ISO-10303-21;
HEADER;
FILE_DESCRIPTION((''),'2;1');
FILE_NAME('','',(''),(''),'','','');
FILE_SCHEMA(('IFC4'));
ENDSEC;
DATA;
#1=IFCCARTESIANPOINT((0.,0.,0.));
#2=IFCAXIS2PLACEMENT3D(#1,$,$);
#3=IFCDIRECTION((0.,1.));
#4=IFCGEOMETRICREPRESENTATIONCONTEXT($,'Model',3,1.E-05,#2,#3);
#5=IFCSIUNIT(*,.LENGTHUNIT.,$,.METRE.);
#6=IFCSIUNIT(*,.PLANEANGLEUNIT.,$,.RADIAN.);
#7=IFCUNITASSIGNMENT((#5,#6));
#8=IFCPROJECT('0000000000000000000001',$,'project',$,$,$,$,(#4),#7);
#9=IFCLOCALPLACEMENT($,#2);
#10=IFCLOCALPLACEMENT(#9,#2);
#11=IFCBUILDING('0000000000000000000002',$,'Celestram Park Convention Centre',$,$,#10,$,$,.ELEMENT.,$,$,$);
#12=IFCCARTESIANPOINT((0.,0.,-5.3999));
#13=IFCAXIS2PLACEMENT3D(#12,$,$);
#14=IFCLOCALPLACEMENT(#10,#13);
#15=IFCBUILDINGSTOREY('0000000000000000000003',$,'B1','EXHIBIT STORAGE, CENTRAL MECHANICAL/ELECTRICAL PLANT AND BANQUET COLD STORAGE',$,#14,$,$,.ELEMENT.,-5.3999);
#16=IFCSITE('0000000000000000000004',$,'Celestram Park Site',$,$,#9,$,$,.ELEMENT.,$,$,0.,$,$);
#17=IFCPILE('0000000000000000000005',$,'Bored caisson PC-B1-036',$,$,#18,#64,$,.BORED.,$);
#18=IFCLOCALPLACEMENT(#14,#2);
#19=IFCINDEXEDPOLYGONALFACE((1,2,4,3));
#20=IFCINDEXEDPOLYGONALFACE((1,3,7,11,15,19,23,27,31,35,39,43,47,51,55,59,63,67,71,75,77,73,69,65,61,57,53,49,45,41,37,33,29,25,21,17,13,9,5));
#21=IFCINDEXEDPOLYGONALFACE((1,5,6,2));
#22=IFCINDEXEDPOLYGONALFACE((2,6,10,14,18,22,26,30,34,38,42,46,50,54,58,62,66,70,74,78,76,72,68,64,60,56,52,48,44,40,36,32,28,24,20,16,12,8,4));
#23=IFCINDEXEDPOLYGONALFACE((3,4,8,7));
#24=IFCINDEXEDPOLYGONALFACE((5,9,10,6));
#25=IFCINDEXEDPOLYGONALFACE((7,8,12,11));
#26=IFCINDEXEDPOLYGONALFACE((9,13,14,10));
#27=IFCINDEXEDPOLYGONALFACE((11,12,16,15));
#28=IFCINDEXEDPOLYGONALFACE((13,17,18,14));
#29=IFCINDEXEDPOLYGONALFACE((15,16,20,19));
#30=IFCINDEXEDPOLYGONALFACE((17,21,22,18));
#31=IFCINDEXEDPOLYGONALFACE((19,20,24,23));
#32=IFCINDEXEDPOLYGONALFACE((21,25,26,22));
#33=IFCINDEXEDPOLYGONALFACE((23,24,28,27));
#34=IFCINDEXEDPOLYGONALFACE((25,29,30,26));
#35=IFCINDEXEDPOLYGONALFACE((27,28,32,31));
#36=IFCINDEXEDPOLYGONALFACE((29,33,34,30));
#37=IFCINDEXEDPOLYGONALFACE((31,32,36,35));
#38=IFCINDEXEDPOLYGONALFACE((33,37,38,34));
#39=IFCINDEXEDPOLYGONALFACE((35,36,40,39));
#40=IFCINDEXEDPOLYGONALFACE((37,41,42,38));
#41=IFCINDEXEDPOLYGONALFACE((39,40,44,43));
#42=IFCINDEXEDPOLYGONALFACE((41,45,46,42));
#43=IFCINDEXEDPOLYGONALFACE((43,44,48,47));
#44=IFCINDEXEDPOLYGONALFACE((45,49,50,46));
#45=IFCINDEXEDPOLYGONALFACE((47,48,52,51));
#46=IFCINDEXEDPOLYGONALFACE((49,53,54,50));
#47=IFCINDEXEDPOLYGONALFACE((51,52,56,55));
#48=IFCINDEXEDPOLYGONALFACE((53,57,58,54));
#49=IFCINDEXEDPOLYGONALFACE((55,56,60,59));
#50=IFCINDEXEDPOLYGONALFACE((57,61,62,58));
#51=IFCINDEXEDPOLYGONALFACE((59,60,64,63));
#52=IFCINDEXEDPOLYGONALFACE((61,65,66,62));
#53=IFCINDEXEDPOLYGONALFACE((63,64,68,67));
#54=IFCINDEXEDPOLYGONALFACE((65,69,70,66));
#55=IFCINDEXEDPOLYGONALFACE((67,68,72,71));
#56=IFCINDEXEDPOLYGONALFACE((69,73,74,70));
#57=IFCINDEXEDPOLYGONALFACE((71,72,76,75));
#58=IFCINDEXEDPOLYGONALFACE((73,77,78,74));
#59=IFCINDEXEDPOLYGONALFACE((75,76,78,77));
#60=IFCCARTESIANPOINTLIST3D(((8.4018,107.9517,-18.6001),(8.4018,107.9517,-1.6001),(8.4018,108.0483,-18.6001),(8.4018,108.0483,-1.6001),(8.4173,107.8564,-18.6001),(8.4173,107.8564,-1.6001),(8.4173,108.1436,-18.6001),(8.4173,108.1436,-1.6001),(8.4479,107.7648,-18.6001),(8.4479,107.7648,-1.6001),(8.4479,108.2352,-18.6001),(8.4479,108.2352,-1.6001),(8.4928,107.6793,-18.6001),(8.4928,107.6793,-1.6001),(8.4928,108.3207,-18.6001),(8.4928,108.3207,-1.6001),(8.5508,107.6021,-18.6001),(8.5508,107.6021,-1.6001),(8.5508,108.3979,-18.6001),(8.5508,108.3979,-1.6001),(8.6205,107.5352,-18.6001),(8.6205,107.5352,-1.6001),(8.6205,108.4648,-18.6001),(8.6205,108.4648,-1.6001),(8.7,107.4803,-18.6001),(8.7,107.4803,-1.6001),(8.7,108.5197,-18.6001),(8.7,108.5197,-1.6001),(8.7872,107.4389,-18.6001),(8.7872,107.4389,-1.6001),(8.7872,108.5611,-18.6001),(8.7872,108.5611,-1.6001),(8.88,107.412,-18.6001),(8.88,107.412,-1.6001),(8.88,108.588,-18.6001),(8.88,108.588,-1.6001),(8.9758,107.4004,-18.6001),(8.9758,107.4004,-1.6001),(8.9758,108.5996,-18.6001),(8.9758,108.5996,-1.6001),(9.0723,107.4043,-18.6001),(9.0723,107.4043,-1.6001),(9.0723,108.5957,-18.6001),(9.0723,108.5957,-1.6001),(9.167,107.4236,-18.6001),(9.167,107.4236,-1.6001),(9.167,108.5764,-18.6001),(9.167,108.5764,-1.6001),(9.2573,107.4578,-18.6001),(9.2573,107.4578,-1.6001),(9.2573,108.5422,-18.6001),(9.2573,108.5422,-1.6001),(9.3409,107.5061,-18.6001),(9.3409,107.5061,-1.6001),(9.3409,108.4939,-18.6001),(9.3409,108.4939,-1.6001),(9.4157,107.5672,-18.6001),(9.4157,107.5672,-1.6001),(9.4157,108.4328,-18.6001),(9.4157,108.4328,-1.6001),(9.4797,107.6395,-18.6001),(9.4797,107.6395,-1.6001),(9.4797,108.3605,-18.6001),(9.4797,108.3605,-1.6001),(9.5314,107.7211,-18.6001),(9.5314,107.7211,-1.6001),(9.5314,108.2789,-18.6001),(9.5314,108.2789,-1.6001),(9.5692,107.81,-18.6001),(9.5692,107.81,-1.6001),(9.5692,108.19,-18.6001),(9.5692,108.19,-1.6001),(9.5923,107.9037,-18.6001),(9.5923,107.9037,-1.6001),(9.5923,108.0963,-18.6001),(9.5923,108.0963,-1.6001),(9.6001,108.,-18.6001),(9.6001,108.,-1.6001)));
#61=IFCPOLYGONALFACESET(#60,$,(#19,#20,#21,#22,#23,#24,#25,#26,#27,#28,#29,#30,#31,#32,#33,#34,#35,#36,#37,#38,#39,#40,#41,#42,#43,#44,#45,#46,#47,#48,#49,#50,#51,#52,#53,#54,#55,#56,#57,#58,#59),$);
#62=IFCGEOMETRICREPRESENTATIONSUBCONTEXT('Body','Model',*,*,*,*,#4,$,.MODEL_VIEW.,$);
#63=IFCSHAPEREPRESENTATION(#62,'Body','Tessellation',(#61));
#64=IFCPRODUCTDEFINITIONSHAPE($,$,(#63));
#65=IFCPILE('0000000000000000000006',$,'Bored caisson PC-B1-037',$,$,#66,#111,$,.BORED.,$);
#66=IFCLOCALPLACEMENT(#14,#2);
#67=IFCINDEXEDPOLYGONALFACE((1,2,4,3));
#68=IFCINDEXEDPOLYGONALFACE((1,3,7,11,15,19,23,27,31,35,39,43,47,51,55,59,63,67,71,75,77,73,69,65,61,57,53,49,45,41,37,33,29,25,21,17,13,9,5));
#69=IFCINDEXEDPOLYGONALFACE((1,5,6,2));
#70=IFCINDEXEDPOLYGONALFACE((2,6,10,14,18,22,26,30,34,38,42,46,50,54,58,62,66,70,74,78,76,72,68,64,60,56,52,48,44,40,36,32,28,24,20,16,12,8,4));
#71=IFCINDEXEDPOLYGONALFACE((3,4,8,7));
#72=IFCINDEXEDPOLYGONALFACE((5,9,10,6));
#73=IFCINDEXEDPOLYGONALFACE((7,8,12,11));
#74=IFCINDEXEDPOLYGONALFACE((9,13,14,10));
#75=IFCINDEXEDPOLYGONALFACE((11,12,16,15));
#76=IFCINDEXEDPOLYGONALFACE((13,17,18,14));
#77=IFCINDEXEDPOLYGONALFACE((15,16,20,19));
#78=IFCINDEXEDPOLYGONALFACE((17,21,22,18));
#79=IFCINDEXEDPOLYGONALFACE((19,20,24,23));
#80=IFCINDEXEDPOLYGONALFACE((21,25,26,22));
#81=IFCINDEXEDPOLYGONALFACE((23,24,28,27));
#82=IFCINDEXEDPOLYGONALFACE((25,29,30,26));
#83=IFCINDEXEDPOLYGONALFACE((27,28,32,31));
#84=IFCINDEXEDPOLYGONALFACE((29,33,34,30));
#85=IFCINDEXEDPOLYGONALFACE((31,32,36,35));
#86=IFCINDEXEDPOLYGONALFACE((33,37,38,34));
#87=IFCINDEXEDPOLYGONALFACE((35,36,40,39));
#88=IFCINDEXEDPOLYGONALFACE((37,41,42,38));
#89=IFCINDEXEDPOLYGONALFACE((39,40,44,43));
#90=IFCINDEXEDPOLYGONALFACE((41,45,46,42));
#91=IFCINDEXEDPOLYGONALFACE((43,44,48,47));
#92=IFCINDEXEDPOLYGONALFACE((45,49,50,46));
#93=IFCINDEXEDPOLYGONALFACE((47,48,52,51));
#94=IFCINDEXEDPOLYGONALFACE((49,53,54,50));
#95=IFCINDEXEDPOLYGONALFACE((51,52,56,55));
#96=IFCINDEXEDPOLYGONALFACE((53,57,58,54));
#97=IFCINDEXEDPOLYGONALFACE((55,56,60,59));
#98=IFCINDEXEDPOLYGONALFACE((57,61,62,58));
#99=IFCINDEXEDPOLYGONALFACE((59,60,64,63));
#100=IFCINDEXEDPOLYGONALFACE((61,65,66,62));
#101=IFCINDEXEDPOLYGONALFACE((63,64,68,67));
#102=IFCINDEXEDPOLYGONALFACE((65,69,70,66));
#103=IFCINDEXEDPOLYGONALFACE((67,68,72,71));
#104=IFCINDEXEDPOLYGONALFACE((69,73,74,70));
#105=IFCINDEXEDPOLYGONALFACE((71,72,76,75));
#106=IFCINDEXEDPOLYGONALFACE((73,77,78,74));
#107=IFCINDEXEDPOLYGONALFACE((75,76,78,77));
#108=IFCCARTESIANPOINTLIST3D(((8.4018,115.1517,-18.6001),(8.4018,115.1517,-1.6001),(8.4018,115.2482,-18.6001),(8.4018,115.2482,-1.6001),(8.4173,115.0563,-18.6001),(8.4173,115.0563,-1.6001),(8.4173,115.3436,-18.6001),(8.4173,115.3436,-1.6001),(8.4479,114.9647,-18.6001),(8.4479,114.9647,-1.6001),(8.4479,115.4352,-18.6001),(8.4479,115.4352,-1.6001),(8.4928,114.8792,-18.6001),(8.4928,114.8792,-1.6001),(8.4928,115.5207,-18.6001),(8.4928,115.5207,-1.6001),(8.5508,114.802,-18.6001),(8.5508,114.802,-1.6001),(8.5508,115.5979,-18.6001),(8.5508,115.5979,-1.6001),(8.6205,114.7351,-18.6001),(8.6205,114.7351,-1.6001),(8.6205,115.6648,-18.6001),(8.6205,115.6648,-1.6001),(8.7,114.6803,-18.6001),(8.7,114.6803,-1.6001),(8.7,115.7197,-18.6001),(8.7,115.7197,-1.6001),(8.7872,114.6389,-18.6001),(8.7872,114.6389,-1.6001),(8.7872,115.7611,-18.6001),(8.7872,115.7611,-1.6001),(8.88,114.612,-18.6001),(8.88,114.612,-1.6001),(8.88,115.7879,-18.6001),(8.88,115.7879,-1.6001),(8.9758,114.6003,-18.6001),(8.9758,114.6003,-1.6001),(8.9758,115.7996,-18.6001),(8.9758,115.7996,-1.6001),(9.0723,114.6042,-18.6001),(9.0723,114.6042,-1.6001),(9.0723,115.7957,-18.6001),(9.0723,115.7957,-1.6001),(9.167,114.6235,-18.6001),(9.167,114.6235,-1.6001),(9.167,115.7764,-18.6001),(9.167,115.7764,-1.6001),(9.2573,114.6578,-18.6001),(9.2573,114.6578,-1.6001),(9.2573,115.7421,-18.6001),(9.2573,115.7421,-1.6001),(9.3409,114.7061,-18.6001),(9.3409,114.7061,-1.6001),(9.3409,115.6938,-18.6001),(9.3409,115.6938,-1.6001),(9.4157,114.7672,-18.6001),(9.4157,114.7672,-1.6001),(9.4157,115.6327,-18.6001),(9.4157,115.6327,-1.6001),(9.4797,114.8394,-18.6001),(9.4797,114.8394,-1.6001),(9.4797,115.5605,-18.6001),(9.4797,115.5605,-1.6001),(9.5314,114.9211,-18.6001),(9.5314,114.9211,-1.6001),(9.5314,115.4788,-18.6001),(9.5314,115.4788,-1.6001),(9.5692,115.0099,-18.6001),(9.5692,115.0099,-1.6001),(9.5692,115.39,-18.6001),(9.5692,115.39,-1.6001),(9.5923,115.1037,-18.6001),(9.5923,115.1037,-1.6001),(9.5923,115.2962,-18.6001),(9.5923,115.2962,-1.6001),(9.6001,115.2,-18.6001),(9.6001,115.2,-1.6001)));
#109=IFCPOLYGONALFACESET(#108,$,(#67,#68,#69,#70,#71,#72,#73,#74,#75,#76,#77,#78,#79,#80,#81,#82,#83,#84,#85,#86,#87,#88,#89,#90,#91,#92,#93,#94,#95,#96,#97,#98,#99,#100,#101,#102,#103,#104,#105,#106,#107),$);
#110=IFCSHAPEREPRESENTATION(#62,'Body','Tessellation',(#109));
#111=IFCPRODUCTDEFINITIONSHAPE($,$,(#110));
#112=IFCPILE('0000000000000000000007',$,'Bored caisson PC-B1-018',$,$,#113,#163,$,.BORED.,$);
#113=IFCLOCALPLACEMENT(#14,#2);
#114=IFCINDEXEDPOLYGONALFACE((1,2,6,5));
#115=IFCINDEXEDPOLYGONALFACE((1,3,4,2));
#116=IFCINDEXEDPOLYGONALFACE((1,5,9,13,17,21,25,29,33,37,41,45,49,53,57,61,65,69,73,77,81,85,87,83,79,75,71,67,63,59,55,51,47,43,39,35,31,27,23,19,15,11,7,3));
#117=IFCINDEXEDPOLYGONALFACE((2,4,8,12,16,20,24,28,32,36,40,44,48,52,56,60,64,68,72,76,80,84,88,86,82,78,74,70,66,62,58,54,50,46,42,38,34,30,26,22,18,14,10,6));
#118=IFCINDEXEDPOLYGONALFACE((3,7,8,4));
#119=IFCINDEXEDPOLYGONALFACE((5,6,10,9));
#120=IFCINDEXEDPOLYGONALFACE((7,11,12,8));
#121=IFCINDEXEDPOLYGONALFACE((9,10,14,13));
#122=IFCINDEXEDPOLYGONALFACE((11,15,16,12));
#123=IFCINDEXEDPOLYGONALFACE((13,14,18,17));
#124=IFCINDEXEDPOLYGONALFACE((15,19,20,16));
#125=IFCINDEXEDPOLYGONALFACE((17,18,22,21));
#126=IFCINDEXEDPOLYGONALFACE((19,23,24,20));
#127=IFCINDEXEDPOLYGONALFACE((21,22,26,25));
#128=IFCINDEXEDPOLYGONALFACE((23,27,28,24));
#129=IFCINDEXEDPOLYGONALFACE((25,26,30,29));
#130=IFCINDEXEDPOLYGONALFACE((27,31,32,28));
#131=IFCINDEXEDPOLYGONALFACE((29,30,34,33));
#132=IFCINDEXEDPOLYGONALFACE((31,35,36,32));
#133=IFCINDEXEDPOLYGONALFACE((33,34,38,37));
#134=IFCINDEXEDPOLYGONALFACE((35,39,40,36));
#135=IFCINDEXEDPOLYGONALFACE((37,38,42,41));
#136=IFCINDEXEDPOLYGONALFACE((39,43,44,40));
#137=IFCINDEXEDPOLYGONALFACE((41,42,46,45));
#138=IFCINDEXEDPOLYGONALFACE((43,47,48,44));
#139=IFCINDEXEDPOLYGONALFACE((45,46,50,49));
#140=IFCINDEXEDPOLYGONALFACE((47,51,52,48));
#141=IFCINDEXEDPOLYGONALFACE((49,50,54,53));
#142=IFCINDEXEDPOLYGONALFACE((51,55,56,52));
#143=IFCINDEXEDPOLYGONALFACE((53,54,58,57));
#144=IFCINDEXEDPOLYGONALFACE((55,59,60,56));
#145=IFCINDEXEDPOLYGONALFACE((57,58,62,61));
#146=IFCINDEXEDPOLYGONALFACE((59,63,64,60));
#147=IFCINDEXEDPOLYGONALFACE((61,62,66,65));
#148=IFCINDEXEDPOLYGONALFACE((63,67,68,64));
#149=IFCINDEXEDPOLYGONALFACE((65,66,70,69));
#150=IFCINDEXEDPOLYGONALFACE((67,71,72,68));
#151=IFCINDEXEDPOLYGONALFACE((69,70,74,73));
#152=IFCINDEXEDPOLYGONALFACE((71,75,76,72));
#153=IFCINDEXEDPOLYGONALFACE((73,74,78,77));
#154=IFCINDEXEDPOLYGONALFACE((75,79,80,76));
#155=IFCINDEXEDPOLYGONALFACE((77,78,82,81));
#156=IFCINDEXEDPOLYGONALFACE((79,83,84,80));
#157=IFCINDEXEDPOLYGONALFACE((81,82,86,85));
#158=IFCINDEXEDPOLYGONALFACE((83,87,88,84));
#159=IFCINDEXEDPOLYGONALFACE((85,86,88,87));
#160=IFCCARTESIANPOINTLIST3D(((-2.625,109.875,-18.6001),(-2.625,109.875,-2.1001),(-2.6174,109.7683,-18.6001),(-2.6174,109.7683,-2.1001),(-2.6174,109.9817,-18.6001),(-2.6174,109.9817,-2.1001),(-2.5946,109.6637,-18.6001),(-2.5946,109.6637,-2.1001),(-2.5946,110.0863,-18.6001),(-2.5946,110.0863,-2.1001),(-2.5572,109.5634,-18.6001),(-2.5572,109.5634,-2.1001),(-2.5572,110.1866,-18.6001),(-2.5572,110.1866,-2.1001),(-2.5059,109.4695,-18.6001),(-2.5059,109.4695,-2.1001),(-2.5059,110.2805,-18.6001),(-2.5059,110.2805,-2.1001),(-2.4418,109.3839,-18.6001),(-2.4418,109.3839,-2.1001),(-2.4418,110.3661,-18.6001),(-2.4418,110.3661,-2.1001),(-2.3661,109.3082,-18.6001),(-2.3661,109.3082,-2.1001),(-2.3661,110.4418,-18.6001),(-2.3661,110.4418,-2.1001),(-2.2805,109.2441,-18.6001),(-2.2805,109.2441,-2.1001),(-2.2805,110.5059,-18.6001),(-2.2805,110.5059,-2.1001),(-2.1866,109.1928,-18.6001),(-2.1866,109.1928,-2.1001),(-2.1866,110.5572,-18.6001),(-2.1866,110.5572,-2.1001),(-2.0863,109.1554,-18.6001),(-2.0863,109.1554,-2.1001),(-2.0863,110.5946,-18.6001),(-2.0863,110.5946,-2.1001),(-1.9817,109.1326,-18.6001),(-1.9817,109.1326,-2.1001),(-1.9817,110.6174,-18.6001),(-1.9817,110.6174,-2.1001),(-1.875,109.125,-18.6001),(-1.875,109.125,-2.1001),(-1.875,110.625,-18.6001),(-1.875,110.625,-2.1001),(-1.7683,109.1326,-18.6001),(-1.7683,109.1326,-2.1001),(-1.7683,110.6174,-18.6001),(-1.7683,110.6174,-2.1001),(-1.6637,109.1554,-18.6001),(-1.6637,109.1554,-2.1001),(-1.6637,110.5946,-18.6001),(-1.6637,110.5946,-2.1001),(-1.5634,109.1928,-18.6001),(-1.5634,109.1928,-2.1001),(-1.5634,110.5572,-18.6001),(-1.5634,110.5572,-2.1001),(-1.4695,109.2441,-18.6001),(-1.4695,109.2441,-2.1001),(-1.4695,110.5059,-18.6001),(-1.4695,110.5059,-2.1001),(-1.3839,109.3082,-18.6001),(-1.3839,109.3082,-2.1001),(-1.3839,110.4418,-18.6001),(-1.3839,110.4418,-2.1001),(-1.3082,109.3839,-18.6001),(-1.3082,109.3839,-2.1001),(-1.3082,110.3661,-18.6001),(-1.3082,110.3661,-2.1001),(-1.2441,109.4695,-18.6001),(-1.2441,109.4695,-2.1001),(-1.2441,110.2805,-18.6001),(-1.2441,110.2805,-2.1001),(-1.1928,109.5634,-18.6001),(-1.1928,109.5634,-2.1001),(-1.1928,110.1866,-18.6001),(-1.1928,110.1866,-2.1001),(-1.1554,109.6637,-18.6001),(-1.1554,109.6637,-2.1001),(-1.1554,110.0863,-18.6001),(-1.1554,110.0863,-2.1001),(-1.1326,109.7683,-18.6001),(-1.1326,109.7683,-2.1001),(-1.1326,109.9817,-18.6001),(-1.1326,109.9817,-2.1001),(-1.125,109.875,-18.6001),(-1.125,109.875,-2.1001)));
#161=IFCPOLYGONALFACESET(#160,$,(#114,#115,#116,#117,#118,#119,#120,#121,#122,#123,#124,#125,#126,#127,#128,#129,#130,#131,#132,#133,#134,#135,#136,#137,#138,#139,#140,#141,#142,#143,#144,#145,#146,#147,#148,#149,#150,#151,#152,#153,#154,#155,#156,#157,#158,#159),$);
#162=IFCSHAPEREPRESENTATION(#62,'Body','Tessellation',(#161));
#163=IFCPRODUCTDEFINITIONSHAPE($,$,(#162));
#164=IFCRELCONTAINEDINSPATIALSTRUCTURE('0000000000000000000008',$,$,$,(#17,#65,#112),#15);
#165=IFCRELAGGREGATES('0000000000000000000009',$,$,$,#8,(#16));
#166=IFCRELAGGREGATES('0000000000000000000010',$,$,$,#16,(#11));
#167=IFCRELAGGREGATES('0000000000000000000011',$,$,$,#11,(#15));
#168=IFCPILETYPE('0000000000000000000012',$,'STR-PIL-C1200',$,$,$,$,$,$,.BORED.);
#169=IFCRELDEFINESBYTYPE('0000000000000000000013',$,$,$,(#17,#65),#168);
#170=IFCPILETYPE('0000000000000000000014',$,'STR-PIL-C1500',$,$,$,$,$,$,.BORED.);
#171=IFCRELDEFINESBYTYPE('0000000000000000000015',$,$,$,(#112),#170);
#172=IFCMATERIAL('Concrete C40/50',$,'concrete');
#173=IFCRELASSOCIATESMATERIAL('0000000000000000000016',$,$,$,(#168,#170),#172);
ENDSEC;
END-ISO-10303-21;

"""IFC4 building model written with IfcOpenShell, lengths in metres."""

from ifc_helpers import new_model, si_unit, direction, frame, origin, origin_2d, place, context, subcontext, project, spatial, circle, extrude, material, material_profile, profile_set, type_object, element, save


model = new_model("IFC4")

# Units and contexts
model_context = context("Model", 3, precision=1e-05, world=origin(), true_north=direction((0.0, 1.0)))
body_context = subcontext(model_context, "Body", "Model", "MODEL_VIEW")
ifc_project = project(units=[si_unit("LENGTHUNIT", "METRE"), si_unit("PLANEANGLEUNIT", "RADIAN")], contexts=[model_context])

# Site, building, storey
site_placement = place(None, origin())
site = spatial("IfcSite", under=ifc_project, at=site_placement, Name="Celestram Park Site", CompositionType="ELEMENT", RefElevation=0.0)
building_placement = place(site_placement, origin())
building = spatial("IfcBuilding", under=site, at=building_placement, Name="Celestram Park Convention Centre", CompositionType="ELEMENT")
storey_placement = place(building_placement, frame((0.0, 0.0, -5.3999)))
storey = spatial("IfcBuildingStorey", under=building, at=storey_placement, Name="B1", Description="EXHIBIT STORAGE, CENTRAL MECHANICAL/ELECTRICAL PLANT AND BANQUET COLD STORAGE", CompositionType="ELEMENT", Elevation=-5.3999)

# Shared definitions
ifc_material_1 = material(Name="Concrete C40/50", Category="concrete")

# Piles
ifc_material_profile_1 = material_profile(ifc_material_1, circle(Radius=0.6001, at=origin_2d()), Name="CAISSON1200")
ifc_profile_set_1 = profile_set([ifc_material_profile_1], Name="Concrete C40/50")
pile_type_1 = type_object("IfcPileType", Name="STR-PIL-C1200", PredefinedType="BORED", material=ifc_profile_set_1)
for number, where, z_axis, x_axis, name in (
    (1, (9.0, 108.0, -1.6001), (0.0, 0.0, -1.0), (1.0, 0.0, 0.0), "Bored caisson PC-B1-036"),
    (2, (9.0, 115.2, -1.6001), (0.0, 0.0, -1.0), (1.0, 0.0, 0.0), "Bored caisson PC-B1-037"),
):
    element("IfcPile", number, at=place(storey_placement, frame(where, z_axis=z_axis, x_axis=x_axis)), inside=storey, type_object=pile_type_1, Name=name, PredefinedType="BORED", context=body_context, shape_type="SweptSolid", body=[
        extrude(circle(Radius=0.6001, at=origin_2d()), origin(), (0.0, 0.0, 1.0), 17.0),
    ])
ifc_material_profile_2 = material_profile(ifc_material_1, circle(Radius=0.75, at=origin_2d()), Name="CAISSON1500")
ifc_profile_set_2 = profile_set([ifc_material_profile_2], Name="Concrete C40/50")
pile_type_2 = type_object("IfcPileType", Name="STR-PIL-C1500", PredefinedType="BORED", material=ifc_profile_set_2)
for number, where, z_axis, x_axis, name in (
    (3, (-1.875, 109.875, -2.1001), (0.0, 0.0, -1.0), (1.0, 0.0, 0.0), "Bored caisson PC-B1-018"),
):
    element("IfcPile", number, at=place(storey_placement, frame(where, z_axis=z_axis, x_axis=x_axis)), inside=storey, type_object=pile_type_2, Name=name, PredefinedType="BORED", context=body_context, shape_type="SweptSolid", body=[
        extrude(circle(Radius=0.75, at=origin_2d()), origin(), (0.0, 0.0, 1.0), 16.5),
    ])

save(model, "model.ifc")
